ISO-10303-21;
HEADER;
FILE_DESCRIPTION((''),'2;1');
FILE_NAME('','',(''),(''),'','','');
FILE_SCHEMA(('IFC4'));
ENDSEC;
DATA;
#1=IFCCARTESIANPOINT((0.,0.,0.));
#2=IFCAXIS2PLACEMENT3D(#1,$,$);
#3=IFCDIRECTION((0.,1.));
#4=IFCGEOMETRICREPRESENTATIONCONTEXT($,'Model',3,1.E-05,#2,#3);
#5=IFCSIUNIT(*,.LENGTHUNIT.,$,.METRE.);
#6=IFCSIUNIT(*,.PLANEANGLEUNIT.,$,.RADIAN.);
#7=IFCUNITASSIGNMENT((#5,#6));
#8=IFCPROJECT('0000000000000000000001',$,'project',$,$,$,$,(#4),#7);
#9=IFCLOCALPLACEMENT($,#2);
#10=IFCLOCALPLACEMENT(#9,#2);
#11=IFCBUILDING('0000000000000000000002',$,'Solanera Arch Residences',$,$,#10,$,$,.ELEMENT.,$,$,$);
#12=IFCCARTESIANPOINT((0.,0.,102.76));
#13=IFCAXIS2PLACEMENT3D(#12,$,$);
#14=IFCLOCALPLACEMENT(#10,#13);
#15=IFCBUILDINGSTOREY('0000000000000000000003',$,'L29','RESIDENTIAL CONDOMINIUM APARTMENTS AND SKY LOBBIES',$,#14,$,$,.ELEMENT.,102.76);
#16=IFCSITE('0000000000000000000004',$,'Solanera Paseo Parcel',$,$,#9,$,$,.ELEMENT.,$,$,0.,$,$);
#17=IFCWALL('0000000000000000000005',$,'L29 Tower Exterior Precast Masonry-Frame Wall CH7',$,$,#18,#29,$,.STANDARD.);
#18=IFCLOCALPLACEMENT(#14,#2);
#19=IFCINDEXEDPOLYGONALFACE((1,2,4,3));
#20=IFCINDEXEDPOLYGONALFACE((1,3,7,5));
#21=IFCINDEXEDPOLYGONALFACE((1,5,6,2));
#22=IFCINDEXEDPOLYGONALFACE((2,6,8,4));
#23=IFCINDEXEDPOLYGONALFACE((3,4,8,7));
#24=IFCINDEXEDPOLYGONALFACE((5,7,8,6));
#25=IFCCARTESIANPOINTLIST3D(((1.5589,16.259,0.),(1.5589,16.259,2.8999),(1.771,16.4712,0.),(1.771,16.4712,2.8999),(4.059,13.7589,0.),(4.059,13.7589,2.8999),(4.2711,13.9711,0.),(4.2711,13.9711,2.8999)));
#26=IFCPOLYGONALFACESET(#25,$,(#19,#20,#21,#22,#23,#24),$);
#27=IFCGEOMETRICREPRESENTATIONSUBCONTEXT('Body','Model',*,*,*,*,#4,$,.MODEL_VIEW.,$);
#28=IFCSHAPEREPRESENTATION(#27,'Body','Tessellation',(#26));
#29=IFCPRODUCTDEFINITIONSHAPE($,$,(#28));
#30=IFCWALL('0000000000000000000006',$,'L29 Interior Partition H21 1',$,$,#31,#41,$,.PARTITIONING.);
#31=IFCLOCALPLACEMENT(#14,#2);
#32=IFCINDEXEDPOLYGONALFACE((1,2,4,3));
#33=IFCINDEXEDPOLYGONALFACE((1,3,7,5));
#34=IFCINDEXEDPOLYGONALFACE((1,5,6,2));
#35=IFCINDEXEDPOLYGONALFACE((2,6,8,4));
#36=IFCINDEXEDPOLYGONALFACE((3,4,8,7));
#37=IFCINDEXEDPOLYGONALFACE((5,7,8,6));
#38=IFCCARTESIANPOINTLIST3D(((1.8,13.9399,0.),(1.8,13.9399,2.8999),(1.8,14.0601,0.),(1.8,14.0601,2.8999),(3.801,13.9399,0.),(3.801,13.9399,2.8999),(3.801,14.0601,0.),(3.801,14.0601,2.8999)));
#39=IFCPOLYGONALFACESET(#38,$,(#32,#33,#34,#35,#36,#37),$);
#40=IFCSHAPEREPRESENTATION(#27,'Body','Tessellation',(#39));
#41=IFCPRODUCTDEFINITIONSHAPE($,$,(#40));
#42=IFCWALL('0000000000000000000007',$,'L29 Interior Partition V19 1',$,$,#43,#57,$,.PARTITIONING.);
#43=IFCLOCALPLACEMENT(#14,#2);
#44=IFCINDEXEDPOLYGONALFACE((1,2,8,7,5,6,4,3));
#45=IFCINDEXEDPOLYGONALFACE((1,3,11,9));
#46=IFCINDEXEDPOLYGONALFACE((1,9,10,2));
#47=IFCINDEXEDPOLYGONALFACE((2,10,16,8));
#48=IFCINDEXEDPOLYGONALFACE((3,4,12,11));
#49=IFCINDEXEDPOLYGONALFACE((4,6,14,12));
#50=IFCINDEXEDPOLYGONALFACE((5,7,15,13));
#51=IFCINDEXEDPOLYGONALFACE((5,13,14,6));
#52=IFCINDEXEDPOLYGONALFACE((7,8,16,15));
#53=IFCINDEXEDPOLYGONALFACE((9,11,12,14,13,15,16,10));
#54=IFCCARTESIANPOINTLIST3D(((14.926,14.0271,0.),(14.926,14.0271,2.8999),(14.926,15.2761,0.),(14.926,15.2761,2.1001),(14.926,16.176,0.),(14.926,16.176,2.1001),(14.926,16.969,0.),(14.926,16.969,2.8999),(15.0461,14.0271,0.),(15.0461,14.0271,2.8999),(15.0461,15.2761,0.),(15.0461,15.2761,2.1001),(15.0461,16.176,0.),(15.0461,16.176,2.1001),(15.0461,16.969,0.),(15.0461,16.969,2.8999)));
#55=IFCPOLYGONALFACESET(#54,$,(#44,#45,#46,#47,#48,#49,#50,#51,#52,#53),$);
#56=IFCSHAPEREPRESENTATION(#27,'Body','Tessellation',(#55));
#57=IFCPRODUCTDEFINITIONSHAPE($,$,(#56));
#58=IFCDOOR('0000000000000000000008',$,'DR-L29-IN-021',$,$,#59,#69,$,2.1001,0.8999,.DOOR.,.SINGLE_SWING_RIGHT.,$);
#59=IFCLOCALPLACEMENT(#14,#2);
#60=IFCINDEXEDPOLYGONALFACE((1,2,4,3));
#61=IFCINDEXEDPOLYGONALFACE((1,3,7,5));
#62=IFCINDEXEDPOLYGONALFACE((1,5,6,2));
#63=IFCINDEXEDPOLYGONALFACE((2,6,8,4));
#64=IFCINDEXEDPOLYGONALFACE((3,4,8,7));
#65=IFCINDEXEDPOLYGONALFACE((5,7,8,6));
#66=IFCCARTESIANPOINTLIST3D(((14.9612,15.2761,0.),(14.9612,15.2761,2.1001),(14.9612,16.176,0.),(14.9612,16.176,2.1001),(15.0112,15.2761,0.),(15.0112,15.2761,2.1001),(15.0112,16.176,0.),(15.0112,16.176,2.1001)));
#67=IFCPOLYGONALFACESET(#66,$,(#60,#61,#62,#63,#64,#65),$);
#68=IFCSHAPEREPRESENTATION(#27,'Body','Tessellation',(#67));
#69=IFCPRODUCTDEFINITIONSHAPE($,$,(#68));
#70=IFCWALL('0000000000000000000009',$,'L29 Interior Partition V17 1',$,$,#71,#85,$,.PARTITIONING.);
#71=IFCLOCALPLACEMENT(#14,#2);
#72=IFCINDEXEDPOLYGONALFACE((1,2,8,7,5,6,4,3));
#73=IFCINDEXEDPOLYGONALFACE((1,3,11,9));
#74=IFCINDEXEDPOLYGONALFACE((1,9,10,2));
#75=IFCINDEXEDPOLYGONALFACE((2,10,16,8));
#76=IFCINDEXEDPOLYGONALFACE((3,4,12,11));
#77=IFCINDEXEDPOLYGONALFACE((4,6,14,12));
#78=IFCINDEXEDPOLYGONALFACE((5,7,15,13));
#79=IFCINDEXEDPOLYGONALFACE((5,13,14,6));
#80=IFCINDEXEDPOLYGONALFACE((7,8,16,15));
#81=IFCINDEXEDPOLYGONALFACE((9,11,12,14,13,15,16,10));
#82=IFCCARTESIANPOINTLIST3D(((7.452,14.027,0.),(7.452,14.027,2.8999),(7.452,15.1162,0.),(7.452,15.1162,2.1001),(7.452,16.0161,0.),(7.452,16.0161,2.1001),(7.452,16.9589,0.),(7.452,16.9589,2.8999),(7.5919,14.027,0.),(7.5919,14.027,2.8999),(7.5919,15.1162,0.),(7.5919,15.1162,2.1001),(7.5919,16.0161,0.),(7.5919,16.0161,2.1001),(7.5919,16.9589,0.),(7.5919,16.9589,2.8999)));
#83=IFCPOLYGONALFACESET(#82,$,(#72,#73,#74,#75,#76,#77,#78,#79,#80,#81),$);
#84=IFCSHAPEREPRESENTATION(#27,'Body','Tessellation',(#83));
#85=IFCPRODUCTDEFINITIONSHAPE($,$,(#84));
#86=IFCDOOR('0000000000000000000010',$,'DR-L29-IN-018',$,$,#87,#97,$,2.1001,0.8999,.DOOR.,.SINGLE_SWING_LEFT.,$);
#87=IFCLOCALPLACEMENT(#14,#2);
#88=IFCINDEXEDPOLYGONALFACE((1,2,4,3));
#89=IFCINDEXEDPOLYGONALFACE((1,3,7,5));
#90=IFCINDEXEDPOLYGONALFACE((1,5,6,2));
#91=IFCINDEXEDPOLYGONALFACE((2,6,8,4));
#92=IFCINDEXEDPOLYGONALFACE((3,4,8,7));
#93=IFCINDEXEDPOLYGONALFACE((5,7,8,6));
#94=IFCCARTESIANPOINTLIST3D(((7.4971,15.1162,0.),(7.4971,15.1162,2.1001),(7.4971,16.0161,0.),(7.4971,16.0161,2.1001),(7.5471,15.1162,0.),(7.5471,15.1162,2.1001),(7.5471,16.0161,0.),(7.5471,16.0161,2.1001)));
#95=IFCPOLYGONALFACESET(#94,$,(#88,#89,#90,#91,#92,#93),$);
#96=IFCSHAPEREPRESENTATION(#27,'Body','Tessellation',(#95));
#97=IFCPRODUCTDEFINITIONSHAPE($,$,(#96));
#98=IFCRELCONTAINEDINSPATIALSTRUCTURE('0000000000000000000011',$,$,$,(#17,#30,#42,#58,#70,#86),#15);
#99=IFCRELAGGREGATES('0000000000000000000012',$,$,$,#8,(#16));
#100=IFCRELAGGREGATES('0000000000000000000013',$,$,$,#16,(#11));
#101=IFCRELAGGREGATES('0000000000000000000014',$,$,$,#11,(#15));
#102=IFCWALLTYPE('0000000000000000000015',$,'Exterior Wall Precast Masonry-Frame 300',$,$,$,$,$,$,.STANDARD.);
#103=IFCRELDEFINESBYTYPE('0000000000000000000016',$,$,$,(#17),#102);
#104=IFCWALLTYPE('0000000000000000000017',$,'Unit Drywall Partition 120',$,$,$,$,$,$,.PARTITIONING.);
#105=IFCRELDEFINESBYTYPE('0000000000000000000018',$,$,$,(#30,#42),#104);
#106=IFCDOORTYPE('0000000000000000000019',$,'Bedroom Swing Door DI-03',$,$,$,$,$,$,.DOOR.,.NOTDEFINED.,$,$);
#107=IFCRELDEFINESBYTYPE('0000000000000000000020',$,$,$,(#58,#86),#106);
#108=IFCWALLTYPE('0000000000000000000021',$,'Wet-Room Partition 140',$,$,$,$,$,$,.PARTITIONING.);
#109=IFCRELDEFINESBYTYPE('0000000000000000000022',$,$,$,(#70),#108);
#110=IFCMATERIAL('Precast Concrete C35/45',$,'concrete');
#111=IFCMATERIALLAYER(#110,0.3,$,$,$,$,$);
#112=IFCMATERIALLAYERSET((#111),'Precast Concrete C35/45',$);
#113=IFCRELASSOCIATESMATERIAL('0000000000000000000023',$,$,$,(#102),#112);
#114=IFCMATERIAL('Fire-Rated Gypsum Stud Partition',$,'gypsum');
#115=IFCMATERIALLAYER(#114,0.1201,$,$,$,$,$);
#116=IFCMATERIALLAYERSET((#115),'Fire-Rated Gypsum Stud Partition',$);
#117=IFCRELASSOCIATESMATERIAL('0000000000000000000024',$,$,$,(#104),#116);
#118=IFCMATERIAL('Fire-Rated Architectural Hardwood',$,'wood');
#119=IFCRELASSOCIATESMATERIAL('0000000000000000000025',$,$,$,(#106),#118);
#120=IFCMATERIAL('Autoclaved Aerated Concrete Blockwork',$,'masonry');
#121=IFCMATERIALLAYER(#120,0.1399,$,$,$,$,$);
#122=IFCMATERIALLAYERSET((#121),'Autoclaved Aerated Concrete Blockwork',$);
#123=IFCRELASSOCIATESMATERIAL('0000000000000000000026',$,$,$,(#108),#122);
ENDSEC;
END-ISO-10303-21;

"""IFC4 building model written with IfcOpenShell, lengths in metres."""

from ifc_helpers import new_model, si_unit, direction, frame, frame_2d, origin, place, context, subcontext, project, spatial, rectangle, extrude, material, layer, layer_set, type_object, element, fill, save


model = new_model("IFC4")

# Units and contexts
model_context = context("Model", 3, precision=1e-05, world=origin(), true_north=direction((0.0, 1.0)))
body_context = subcontext(model_context, "Body", "Model", "MODEL_VIEW")
ifc_project = project(units=[si_unit("LENGTHUNIT", "METRE"), si_unit("PLANEANGLEUNIT", "RADIAN")], contexts=[model_context])

# Site, building, storey
site_placement = place(None, origin())
site = spatial("IfcSite", under=ifc_project, at=site_placement, Name="Solanera Paseo Parcel", CompositionType="ELEMENT", RefElevation=0.0)
building_placement = place(site_placement, origin())
building = spatial("IfcBuilding", under=site, at=building_placement, Name="Solanera Arch Residences", CompositionType="ELEMENT")
storey_placement = place(building_placement, frame((0.0, 0.0, 102.76)))
storey = spatial("IfcBuildingStorey", under=building, at=storey_placement, Name="L29", Description="RESIDENTIAL CONDOMINIUM APARTMENTS AND SKY LOBBIES", CompositionType="ELEMENT", Elevation=102.76)

# Walls
ifc_material_1 = material(Name="Precast Concrete C35/45", Category="concrete")
ifc_layer_1 = layer(ifc_material_1, 0.3)
ifc_layer_set_1 = layer_set([ifc_layer_1], Name="Precast Concrete C35/45")
wall_type_1 = type_object("IfcWallType", Name="Exterior Wall Precast Masonry-Frame 300", PredefinedType="STANDARD", material=ifc_layer_set_1)
wall_1_placement = place(storey_placement, frame((4.165, 13.865, 0.0), z_axis=(0.0, 0.0, 1.0), x_axis=(-0.707107, 0.707107, 0.0)))
element("IfcWall", 1, at=wall_1_placement, inside=storey, type_object=wall_type_1, Name="L29 Tower Exterior Precast Masonry-Frame Wall CH7", PredefinedType="STANDARD", context=body_context, shape_type="SweptSolid", body=[
    extrude(rectangle(XDim=3.5356, YDim=0.3, at=frame_2d((1.7678, 0.0))), origin(), (0.0, 0.0, 1.0), 2.8999),
])
ifc_material_2 = material(Name="Fire-Rated Gypsum Stud Partition", Category="gypsum")
ifc_layer_2 = layer(ifc_material_2, 0.1201)
ifc_layer_set_2 = layer_set([ifc_layer_2], Name="Fire-Rated Gypsum Stud Partition")
wall_type_2 = type_object("IfcWallType", Name="Unit Drywall Partition 120", PredefinedType="PARTITIONING", material=ifc_layer_set_2)
wall_2_placement = place(storey_placement, frame((1.8, 14.0, 0.0), z_axis=(0.0, 0.0, 1.0), x_axis=(1.0, 0.0, 0.0)))
element("IfcWall", 2, at=wall_2_placement, inside=storey, type_object=wall_type_2, Name="L29 Interior Partition H21 1", PredefinedType="PARTITIONING", context=body_context, shape_type="SweptSolid", body=[
    extrude(rectangle(XDim=2.001, YDim=0.1201, at=frame_2d((1.0005, 0.0))), origin(), (0.0, 0.0, 1.0), 2.8999),
])

# Walls, openings, doors
wall_3_placement = place(storey_placement, frame((14.9861, 14.0271, 0.0), z_axis=(0.0, 0.0, 1.0), x_axis=(0.0, 1.0, 0.0)))
wall_3 = element("IfcWall", 3, at=wall_3_placement, inside=storey, type_object=wall_type_2, Name="L29 Interior Partition V19 1", PredefinedType="PARTITIONING", context=body_context, shape_type="SweptSolid", body=[
    extrude(rectangle(XDim=2.9419, YDim=0.1201, at=frame_2d((1.4709, 0.0))), origin(), (0.0, 0.0, 1.0), 2.8999),
])
opening_1_placement = place(wall_3_placement, frame((1.249, 0.0, 0.0)))
opening_1 = element("IfcOpeningElement", 4, at=opening_1_placement, cuts=wall_3, PredefinedType="OPENING", context=body_context, shape_type="SweptSolid", body=[
    extrude(rectangle(XDim=0.8999, YDim=2.1001, at=frame_2d((0.45, 1.05))), frame((0.0, 0.0701, 0.0), z_axis=(0.0, -1.0, 0.0), x_axis=(1.0, 0.0, 0.0)), (0.0, 0.0, 1.0), 0.1401),
])
ifc_material_3 = material(Name="Fire-Rated Architectural Hardwood", Category="wood")
door_type = type_object("IfcDoorType", Name="Bedroom Swing Door DI-03", OperationType="NOTDEFINED", PredefinedType="DOOR", material=ifc_material_3)
door_1_placement = place(opening_1_placement, origin())
door_1 = element("IfcDoor", 5, at=door_1_placement, inside=storey, type_object=door_type, Name="DR-L29-IN-021", OperationType="SINGLE_SWING_RIGHT", OverallHeight=2.1001, OverallWidth=0.8999, PredefinedType="DOOR", context=body_context, shape_type="SweptSolid", body=[
    extrude(rectangle(XDim=0.8999, YDim=2.1001, at=frame_2d((0.45, 1.05))), frame((0.0, 0.0249, 0.0), z_axis=(0.0, -1.0, 0.0), x_axis=(1.0, 0.0, 0.0)), (0.0, 0.0, 1.0), 0.05),
])
fill(opening_1, door_1)
ifc_material_4 = material(Name="Autoclaved Aerated Concrete Blockwork", Category="masonry")
ifc_layer_3 = layer(ifc_material_4, 0.1399)
ifc_layer_set_3 = layer_set([ifc_layer_3], Name="Autoclaved Aerated Concrete Blockwork")
wall_type_3 = type_object("IfcWallType", Name="Wet-Room Partition 140", PredefinedType="PARTITIONING", material=ifc_layer_set_3)
wall_4_placement = place(storey_placement, frame((7.522, 14.0271, 0.0), z_axis=(0.0, 0.0, 1.0), x_axis=(0.0, 1.0, 0.0)))
wall_4 = element("IfcWall", 6, at=wall_4_placement, inside=storey, type_object=wall_type_3, Name="L29 Interior Partition V17 1", PredefinedType="PARTITIONING", context=body_context, shape_type="SweptSolid", body=[
    extrude(rectangle(XDim=2.9319, YDim=0.1399, at=frame_2d((1.4658, 0.0))), origin(), (0.0, 0.0, 1.0), 2.8999),
])
opening_2_placement = place(wall_4_placement, frame((1.0891, 0.0, 0.0)))
opening_2 = element("IfcOpeningElement", 7, at=opening_2_placement, cuts=wall_4, PredefinedType="OPENING", context=body_context, shape_type="SweptSolid", body=[
    extrude(rectangle(XDim=0.8999, YDim=2.1001, at=frame_2d((0.45, 1.05))), frame((0.0, 0.0798, 0.0), z_axis=(0.0, -1.0, 0.0), x_axis=(1.0, 0.0, 0.0)), (0.0, 0.0, 1.0), 0.1599),
])
door_2_placement = place(opening_2_placement, origin())
door_2 = element("IfcDoor", 8, at=door_2_placement, inside=storey, type_object=door_type, Name="DR-L29-IN-018", OperationType="SINGLE_SWING_LEFT", OverallHeight=2.1001, OverallWidth=0.8999, PredefinedType="DOOR", context=body_context, shape_type="SweptSolid", body=[
    extrude(rectangle(XDim=0.8999, YDim=2.1001, at=frame_2d((0.45, 1.05))), frame((0.0, 0.0249, 0.0), z_axis=(0.0, -1.0, 0.0), x_axis=(1.0, 0.0, 0.0)), (0.0, 0.0, 1.0), 0.05),
])
fill(opening_2, door_2)

save(model, "model.ifc")
